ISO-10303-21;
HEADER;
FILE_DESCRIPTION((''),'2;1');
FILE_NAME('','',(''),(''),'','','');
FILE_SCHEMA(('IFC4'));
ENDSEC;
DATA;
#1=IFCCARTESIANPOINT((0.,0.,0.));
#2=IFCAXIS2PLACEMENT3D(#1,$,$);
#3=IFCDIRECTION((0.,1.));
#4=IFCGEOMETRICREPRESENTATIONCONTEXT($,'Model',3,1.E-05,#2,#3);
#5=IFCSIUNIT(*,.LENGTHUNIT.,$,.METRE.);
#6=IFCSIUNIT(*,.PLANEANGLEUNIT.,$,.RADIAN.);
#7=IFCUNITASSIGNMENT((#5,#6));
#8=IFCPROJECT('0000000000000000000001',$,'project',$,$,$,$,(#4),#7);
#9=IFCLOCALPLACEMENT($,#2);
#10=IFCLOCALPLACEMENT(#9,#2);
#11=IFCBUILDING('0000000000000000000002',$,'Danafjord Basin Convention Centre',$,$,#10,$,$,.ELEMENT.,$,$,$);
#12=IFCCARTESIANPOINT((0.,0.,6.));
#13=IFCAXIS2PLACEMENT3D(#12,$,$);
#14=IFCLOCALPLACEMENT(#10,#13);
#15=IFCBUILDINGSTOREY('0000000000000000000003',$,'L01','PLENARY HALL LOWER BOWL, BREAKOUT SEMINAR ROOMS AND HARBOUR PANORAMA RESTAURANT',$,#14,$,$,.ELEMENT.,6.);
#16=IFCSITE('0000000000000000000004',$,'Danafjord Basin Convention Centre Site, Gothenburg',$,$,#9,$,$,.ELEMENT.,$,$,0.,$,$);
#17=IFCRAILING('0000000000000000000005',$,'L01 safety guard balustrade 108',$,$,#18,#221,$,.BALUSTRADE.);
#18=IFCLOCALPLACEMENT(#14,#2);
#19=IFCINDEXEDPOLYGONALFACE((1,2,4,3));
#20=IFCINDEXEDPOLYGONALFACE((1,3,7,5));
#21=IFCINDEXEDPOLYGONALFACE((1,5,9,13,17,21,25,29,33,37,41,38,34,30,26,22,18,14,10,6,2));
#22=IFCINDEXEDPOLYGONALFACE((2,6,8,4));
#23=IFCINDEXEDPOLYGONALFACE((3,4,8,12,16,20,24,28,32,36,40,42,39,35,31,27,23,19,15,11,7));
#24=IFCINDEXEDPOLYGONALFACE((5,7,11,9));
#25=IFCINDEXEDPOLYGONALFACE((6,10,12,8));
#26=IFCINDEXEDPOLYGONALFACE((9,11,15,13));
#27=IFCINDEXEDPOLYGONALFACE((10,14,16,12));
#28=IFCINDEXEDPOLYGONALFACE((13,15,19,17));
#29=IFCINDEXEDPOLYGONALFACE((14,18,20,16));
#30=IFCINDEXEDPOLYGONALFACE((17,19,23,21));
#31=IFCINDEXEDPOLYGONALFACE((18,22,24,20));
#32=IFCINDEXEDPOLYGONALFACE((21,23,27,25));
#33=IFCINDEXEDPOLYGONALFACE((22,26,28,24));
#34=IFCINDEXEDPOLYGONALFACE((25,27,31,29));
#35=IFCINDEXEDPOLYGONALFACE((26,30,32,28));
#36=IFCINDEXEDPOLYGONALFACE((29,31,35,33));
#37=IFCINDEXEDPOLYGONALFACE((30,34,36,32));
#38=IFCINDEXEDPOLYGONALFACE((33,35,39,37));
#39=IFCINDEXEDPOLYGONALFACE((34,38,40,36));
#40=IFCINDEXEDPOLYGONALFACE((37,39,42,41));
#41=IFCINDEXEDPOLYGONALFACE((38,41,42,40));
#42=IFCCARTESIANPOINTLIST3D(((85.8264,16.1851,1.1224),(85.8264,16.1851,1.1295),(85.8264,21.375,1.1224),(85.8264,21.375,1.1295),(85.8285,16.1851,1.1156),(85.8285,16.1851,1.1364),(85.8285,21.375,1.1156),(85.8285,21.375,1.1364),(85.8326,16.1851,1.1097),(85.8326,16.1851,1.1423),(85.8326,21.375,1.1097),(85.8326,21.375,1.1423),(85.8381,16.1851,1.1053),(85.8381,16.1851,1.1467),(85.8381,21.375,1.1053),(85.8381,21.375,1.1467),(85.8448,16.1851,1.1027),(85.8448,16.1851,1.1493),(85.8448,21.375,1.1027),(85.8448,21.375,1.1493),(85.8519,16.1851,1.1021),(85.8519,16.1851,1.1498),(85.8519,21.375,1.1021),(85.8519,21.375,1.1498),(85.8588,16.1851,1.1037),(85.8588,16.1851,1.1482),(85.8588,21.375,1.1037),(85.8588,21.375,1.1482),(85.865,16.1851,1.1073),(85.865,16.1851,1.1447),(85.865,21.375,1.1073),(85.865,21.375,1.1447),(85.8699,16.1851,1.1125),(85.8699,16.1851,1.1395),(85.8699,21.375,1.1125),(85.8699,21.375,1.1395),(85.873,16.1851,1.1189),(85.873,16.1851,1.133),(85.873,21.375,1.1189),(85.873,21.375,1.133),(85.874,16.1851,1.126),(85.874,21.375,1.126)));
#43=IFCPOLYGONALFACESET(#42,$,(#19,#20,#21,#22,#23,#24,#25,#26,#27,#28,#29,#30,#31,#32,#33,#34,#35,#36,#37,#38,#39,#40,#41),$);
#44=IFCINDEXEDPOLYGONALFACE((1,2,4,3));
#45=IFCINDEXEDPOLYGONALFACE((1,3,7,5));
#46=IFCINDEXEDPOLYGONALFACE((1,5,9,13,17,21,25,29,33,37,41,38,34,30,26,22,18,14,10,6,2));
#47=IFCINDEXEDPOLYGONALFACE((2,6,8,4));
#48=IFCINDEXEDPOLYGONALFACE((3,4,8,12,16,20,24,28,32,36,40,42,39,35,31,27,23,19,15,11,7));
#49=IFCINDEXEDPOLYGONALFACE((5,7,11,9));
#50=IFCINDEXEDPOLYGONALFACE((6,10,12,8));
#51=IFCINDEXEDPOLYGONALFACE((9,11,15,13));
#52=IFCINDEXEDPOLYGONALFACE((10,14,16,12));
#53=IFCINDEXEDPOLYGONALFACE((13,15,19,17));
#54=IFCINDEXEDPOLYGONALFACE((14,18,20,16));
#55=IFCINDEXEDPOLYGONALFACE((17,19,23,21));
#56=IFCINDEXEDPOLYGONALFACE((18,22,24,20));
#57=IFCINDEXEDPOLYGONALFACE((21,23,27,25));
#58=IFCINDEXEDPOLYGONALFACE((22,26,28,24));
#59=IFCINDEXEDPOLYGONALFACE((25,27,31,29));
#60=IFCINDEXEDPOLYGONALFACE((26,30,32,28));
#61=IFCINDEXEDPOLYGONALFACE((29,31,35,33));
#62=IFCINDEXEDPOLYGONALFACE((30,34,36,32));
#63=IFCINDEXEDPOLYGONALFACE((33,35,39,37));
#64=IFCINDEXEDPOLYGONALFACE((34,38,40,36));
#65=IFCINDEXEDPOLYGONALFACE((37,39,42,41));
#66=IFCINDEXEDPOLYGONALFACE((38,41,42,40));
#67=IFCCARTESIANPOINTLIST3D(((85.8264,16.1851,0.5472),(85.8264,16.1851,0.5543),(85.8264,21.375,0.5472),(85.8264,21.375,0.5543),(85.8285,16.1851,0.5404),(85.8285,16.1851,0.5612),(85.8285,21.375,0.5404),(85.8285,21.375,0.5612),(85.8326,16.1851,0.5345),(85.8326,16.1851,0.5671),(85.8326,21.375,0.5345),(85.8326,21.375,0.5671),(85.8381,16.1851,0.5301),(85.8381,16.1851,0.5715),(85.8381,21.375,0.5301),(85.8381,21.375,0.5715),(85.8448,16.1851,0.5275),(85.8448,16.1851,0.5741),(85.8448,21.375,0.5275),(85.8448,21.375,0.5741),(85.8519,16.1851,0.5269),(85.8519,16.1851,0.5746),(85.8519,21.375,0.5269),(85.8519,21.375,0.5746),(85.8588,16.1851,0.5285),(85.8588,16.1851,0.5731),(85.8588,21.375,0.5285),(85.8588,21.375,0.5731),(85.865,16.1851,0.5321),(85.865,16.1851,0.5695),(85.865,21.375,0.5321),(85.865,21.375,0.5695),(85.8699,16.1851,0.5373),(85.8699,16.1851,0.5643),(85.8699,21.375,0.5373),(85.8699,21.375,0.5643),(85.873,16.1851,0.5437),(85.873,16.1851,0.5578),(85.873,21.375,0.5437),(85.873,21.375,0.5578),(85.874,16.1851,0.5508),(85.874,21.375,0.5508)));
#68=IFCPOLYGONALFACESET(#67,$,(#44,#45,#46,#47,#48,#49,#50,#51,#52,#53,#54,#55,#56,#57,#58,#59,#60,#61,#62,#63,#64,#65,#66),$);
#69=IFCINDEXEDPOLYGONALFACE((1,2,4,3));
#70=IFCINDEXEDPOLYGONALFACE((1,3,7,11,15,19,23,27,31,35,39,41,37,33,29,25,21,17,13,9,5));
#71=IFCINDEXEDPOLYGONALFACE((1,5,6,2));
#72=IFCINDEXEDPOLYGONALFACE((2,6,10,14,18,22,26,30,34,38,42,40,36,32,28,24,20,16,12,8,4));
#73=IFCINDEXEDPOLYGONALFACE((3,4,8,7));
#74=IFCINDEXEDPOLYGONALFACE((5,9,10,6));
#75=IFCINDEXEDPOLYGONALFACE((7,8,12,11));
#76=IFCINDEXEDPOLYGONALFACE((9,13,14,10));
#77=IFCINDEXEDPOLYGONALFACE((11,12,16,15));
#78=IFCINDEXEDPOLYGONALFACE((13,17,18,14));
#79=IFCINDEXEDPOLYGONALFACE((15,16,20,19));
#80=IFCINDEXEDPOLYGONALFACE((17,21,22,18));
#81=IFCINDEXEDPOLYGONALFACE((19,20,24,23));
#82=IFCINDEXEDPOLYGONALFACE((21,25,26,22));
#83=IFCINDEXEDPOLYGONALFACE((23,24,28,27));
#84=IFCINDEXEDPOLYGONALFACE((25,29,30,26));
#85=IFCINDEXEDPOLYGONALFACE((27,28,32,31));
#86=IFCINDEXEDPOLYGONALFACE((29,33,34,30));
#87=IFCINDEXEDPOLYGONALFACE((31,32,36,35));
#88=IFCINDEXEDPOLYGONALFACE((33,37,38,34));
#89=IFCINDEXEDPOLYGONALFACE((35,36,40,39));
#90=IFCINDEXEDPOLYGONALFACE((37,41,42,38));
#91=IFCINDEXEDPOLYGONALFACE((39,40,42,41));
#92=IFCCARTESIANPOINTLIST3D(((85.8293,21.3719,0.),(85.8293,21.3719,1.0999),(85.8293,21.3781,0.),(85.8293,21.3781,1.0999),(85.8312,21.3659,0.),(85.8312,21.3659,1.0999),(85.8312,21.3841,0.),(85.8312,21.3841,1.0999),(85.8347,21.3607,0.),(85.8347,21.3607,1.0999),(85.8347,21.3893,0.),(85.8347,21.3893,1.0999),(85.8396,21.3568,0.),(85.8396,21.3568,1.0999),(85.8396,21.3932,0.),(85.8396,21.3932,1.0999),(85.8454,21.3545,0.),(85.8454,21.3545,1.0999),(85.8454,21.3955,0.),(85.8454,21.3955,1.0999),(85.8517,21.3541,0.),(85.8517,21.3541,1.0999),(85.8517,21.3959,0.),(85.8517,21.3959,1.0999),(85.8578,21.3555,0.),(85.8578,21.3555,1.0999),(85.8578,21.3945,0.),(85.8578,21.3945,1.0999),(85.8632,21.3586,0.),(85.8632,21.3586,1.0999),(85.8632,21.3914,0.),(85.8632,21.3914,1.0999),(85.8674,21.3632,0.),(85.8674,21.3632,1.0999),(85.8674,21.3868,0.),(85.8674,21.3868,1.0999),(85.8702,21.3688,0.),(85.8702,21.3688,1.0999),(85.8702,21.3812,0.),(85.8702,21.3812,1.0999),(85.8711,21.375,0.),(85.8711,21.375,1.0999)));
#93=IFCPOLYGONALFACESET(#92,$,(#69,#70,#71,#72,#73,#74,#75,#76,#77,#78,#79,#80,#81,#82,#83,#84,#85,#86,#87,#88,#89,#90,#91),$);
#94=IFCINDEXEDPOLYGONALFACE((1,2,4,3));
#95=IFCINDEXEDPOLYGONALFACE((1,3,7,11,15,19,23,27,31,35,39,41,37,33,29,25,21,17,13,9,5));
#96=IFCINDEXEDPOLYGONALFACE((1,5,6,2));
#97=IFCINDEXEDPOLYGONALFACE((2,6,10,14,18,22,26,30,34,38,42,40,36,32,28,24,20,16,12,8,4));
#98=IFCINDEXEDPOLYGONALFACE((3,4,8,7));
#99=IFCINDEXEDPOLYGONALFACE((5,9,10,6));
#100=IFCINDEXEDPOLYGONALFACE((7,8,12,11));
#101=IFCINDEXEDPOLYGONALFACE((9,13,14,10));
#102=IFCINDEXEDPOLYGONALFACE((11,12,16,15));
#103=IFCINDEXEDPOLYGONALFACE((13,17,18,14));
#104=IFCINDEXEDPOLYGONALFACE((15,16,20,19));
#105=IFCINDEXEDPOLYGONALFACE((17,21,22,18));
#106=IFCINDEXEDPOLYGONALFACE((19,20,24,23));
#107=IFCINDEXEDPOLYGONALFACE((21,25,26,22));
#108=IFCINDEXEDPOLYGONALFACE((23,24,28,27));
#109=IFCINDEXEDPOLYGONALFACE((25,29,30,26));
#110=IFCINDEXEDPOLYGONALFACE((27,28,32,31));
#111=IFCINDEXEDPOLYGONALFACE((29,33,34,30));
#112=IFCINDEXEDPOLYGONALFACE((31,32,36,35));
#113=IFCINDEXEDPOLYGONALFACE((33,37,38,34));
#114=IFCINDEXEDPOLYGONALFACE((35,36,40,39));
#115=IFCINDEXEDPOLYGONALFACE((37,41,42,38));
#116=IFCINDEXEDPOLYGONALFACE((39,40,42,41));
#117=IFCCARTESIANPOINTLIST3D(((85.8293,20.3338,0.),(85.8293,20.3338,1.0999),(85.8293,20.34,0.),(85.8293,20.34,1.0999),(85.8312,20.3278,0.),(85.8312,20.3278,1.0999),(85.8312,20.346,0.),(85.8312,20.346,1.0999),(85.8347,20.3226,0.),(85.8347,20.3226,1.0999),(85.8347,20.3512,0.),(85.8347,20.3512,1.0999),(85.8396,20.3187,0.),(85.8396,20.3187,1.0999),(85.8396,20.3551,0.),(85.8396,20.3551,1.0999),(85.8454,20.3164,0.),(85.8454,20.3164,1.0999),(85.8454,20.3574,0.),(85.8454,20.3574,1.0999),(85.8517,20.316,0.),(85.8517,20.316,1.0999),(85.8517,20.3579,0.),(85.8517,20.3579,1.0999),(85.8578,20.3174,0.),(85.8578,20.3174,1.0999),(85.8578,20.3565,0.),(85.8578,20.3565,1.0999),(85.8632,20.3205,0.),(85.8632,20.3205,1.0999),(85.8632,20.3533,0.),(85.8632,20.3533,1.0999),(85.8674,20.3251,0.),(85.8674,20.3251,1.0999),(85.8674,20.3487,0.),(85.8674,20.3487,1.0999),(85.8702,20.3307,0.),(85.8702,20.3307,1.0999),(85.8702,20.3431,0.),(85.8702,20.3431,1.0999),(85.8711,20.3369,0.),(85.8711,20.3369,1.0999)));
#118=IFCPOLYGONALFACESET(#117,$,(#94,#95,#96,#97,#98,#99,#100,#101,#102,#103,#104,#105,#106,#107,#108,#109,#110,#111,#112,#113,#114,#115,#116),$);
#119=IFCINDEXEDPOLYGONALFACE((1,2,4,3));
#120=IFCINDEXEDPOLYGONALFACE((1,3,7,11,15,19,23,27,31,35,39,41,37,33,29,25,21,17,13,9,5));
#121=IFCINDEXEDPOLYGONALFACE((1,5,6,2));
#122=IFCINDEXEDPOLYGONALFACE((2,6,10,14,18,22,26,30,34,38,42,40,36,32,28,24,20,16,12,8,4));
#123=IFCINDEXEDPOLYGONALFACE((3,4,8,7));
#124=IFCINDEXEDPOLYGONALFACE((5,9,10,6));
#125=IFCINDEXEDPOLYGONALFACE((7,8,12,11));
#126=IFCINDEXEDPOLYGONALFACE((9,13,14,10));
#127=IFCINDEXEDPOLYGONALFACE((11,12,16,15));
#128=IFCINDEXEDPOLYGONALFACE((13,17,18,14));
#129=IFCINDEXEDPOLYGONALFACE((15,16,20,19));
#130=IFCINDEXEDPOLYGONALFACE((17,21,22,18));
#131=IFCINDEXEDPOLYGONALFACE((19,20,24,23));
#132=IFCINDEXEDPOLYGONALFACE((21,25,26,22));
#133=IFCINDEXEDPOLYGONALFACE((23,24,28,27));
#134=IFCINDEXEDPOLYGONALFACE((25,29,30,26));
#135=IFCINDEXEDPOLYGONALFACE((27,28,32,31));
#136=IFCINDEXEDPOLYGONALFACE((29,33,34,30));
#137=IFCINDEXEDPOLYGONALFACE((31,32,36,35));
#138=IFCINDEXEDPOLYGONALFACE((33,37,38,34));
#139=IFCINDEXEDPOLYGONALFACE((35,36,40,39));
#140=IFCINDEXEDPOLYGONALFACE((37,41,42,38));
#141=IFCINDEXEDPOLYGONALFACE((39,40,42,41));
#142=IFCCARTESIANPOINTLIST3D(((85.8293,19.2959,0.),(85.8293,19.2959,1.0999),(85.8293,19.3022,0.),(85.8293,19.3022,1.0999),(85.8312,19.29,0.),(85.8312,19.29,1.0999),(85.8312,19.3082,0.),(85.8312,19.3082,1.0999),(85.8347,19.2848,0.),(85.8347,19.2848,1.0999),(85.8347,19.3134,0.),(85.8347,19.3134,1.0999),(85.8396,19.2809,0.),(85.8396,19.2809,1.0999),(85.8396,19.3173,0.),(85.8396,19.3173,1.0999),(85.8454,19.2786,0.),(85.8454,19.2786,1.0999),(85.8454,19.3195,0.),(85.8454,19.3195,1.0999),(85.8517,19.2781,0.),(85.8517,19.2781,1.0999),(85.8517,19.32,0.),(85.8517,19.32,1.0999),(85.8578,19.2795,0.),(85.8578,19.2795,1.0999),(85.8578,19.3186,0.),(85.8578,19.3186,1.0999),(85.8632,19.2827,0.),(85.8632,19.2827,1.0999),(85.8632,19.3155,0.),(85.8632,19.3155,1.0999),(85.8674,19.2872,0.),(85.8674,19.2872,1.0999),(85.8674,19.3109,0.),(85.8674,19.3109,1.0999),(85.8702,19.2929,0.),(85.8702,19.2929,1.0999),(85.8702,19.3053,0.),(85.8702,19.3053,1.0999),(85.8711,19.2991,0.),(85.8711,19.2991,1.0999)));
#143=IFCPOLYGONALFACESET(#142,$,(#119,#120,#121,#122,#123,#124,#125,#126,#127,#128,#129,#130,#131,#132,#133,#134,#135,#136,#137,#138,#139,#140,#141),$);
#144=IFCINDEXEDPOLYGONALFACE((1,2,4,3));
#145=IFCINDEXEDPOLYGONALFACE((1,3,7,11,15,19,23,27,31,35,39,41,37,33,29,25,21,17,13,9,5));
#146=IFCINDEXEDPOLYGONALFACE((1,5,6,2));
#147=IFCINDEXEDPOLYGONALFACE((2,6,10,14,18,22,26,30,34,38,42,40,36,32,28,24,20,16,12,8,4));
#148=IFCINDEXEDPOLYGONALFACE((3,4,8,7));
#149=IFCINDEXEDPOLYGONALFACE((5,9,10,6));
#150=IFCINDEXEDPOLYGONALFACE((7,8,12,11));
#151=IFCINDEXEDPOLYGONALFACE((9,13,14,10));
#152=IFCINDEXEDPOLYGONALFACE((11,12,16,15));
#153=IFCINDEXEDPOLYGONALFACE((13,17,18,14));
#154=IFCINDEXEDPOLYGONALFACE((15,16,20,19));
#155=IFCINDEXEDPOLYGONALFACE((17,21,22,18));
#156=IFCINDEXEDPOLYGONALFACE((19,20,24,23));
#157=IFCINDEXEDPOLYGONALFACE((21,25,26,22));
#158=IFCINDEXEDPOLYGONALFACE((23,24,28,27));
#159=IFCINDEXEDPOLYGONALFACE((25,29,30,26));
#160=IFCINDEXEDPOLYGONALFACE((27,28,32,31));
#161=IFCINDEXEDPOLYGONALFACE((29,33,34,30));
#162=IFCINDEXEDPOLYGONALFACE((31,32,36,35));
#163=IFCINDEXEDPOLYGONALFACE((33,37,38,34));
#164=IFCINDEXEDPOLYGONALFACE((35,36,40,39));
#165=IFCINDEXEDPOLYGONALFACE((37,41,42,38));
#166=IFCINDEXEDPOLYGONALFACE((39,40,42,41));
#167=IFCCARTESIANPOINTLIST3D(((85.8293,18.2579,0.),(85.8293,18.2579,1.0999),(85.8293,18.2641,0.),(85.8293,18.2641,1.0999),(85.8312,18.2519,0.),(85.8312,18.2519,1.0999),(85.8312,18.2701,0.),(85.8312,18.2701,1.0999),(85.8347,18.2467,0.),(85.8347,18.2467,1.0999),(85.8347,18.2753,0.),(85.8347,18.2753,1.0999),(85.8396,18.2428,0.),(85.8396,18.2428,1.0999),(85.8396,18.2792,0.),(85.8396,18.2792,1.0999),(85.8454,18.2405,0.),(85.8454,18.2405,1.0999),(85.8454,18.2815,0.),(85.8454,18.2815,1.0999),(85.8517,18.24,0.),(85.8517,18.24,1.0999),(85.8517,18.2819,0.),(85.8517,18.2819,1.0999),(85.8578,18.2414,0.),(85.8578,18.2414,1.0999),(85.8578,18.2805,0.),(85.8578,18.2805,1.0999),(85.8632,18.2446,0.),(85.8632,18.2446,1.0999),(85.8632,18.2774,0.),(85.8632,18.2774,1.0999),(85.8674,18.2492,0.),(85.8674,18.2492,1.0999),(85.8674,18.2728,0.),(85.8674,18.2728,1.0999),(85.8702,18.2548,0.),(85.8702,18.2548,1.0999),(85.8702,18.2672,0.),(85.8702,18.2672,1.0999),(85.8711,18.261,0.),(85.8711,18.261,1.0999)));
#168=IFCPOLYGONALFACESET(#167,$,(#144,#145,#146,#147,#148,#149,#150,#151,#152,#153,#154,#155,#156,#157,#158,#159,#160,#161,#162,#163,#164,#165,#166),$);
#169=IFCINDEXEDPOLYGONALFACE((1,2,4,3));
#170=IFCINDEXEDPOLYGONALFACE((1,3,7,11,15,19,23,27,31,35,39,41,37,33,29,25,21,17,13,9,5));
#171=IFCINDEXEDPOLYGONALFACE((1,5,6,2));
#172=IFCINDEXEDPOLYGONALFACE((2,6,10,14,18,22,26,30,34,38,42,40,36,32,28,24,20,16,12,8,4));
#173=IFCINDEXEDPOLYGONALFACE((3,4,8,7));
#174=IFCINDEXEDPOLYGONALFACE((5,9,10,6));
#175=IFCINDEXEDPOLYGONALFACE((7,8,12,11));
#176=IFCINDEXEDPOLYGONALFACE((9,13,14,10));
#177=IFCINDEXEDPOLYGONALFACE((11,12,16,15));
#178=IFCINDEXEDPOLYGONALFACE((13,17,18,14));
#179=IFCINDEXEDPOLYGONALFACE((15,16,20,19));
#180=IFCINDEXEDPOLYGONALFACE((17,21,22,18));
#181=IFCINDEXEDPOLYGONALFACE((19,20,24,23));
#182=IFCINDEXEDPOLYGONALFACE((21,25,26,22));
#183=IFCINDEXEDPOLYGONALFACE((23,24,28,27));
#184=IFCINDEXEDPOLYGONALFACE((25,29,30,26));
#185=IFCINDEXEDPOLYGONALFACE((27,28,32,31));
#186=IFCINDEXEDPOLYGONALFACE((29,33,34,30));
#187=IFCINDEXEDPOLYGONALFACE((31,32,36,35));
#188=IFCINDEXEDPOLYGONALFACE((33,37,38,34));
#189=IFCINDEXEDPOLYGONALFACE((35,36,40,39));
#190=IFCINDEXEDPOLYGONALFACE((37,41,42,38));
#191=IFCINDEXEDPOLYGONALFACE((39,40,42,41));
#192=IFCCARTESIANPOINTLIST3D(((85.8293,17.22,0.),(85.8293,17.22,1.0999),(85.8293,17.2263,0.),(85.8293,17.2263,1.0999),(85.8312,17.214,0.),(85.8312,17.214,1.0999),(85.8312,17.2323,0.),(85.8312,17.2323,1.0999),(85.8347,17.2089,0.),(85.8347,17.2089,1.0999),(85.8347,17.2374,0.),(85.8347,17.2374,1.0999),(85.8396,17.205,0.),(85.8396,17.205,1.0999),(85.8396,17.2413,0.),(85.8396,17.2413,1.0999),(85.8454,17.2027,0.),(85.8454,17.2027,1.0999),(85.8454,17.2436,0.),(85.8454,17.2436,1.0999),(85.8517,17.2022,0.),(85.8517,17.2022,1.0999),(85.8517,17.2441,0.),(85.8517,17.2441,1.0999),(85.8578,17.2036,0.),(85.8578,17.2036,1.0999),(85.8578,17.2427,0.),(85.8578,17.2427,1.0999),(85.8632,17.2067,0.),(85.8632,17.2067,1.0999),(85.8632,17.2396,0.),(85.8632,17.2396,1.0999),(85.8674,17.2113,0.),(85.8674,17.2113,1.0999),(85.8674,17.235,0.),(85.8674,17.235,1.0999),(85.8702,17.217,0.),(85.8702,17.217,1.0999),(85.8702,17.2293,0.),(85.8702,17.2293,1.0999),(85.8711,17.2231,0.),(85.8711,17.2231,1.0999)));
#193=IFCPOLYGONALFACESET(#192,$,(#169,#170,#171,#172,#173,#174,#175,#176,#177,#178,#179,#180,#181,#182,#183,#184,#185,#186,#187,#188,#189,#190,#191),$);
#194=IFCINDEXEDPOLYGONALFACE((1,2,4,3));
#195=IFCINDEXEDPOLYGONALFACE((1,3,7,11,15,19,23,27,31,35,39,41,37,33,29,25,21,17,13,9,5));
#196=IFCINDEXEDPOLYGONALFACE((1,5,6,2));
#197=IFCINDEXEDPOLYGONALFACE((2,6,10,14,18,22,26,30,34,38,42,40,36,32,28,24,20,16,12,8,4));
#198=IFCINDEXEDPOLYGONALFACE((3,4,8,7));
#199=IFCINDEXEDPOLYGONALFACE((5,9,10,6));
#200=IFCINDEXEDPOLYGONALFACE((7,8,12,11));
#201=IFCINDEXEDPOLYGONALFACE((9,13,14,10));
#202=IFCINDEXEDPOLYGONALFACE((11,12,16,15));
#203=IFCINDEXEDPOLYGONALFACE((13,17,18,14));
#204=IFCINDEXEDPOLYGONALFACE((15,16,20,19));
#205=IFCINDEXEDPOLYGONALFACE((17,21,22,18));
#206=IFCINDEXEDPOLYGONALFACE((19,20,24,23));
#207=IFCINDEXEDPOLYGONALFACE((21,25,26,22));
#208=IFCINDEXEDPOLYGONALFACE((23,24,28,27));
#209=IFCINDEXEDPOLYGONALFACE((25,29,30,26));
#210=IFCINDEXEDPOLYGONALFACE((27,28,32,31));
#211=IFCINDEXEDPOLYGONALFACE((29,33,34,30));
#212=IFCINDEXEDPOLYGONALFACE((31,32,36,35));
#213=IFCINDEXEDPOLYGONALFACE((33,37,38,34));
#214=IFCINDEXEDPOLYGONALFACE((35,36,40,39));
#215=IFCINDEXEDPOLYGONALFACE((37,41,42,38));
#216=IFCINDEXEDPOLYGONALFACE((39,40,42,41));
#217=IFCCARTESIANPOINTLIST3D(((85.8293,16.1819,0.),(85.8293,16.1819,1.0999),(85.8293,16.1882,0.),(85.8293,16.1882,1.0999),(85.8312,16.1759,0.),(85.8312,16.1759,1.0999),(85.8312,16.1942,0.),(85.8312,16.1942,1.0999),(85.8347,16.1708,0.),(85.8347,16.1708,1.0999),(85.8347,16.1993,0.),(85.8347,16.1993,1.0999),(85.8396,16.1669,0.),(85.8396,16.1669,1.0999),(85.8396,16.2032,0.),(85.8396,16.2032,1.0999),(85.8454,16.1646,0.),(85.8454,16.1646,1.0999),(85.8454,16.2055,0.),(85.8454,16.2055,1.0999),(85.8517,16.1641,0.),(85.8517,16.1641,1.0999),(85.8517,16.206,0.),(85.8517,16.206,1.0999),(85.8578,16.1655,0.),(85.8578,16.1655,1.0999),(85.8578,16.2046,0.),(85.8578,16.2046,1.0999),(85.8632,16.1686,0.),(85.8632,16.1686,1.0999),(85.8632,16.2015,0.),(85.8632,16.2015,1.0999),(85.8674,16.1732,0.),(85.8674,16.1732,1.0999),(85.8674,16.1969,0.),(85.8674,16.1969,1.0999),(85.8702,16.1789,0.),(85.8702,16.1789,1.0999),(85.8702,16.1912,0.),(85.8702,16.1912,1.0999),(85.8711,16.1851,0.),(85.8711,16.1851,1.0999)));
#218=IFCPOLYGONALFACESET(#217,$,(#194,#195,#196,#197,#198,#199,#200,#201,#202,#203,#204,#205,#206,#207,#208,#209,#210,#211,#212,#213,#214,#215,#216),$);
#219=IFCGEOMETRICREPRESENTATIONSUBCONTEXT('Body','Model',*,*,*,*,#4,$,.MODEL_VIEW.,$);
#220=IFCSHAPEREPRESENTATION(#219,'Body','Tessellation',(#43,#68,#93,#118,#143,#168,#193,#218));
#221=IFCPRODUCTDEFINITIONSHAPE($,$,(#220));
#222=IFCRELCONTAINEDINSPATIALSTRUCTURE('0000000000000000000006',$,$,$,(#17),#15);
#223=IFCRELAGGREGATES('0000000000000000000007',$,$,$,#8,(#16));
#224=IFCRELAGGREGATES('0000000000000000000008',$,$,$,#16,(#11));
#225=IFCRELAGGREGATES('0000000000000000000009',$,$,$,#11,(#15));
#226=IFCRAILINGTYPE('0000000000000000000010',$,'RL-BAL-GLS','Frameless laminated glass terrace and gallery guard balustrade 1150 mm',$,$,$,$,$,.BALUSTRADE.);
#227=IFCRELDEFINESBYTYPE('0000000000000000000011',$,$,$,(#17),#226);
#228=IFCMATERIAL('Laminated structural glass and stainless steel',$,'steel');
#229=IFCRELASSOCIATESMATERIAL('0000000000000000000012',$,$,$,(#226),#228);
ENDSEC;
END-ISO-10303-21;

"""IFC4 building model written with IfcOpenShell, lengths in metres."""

from ifc_helpers import new_model, si_unit, direction, frame, origin, origin_2d, place, context, subcontext, project, spatial, circle, extrude, material, type_object, element, save


model = new_model("IFC4")

# Units and contexts
model_context = context("Model", 3, precision=1e-05, world=origin(), true_north=direction((0.0, 1.0)))
body_context = subcontext(model_context, "Body", "Model", "MODEL_VIEW")
ifc_project = project(units=[si_unit("LENGTHUNIT", "METRE"), si_unit("PLANEANGLEUNIT", "RADIAN")], contexts=[model_context])

# Site, building, storey
site_placement = place(None, origin())
site = spatial("IfcSite", under=ifc_project, at=site_placement, Name="Danafjord Basin Convention Centre Site, Gothenburg", CompositionType="ELEMENT", RefElevation=0.0)
building_placement = place(site_placement, origin())
building = spatial("IfcBuilding", under=site, at=building_placement, Name="Danafjord Basin Convention Centre", CompositionType="ELEMENT")
storey_placement = place(building_placement, frame((0.0, 0.0, 6.0)))
storey = spatial("IfcBuildingStorey", under=building, at=storey_placement, Name="L01", Description="PLENARY HALL LOWER BOWL, BREAKOUT SEMINAR ROOMS AND HARBOUR PANORAMA RESTAURANT", CompositionType="ELEMENT", Elevation=6.0)

# Railing
ifc_material_1 = material(Name="Laminated structural glass and stainless steel", Category="steel")
railing_type_1 = type_object("IfcRailingType", Name="RL-BAL-GLS", Description="Frameless laminated glass terrace and gallery guard balustrade 1150 mm", PredefinedType="BALUSTRADE", material=ifc_material_1)
railing_1_placement = place(storey_placement, frame((85.8501, 21.375, 0.0)))
element("IfcRailing", 1, at=railing_1_placement, inside=storey, type_object=railing_type_1, Name="L01 safety guard balustrade 108", PredefinedType="BALUSTRADE", context=body_context, shape_type="SweptSolid", body=[
    extrude(circle(Radius=0.0239, at=origin_2d()), frame((0.0, 0.0, 1.126), z_axis=(0.0, -1.0, 0.0), x_axis=(1.0, 0.0, 0.0)), (0.0, 0.0, 1.0), 5.1899),
    extrude(circle(Radius=0.0239, at=origin_2d()), frame((0.0, 0.0, 0.5508), z_axis=(0.0, -1.0, 0.0), x_axis=(1.0, 0.0, 0.0)), (0.0, 0.0, 1.0), 5.1899),
    extrude(circle(Radius=0.021, at=origin_2d()), origin(), (0.0, 0.0, 1.0), 1.0999),
    extrude(circle(Radius=0.021, at=origin_2d()), frame((0.0, -1.0381, 0.0)), (0.0, 0.0, 1.0), 1.0999),
    extrude(circle(Radius=0.021, at=origin_2d()), frame((0.0, -2.0759, 0.0)), (0.0, 0.0, 1.0), 1.0999),
    extrude(circle(Radius=0.021, at=origin_2d()), frame((0.0, -3.114, 0.0)), (0.0, 0.0, 1.0), 1.0999),
    extrude(circle(Radius=0.021, at=origin_2d()), frame((0.0, -4.1519, 0.0)), (0.0, 0.0, 1.0), 1.0999),
    extrude(circle(Radius=0.021, at=origin_2d()), frame((0.0, -5.1899, 0.0)), (0.0, 0.0, 1.0), 1.0999),
])

save(model, "model.ifc")
